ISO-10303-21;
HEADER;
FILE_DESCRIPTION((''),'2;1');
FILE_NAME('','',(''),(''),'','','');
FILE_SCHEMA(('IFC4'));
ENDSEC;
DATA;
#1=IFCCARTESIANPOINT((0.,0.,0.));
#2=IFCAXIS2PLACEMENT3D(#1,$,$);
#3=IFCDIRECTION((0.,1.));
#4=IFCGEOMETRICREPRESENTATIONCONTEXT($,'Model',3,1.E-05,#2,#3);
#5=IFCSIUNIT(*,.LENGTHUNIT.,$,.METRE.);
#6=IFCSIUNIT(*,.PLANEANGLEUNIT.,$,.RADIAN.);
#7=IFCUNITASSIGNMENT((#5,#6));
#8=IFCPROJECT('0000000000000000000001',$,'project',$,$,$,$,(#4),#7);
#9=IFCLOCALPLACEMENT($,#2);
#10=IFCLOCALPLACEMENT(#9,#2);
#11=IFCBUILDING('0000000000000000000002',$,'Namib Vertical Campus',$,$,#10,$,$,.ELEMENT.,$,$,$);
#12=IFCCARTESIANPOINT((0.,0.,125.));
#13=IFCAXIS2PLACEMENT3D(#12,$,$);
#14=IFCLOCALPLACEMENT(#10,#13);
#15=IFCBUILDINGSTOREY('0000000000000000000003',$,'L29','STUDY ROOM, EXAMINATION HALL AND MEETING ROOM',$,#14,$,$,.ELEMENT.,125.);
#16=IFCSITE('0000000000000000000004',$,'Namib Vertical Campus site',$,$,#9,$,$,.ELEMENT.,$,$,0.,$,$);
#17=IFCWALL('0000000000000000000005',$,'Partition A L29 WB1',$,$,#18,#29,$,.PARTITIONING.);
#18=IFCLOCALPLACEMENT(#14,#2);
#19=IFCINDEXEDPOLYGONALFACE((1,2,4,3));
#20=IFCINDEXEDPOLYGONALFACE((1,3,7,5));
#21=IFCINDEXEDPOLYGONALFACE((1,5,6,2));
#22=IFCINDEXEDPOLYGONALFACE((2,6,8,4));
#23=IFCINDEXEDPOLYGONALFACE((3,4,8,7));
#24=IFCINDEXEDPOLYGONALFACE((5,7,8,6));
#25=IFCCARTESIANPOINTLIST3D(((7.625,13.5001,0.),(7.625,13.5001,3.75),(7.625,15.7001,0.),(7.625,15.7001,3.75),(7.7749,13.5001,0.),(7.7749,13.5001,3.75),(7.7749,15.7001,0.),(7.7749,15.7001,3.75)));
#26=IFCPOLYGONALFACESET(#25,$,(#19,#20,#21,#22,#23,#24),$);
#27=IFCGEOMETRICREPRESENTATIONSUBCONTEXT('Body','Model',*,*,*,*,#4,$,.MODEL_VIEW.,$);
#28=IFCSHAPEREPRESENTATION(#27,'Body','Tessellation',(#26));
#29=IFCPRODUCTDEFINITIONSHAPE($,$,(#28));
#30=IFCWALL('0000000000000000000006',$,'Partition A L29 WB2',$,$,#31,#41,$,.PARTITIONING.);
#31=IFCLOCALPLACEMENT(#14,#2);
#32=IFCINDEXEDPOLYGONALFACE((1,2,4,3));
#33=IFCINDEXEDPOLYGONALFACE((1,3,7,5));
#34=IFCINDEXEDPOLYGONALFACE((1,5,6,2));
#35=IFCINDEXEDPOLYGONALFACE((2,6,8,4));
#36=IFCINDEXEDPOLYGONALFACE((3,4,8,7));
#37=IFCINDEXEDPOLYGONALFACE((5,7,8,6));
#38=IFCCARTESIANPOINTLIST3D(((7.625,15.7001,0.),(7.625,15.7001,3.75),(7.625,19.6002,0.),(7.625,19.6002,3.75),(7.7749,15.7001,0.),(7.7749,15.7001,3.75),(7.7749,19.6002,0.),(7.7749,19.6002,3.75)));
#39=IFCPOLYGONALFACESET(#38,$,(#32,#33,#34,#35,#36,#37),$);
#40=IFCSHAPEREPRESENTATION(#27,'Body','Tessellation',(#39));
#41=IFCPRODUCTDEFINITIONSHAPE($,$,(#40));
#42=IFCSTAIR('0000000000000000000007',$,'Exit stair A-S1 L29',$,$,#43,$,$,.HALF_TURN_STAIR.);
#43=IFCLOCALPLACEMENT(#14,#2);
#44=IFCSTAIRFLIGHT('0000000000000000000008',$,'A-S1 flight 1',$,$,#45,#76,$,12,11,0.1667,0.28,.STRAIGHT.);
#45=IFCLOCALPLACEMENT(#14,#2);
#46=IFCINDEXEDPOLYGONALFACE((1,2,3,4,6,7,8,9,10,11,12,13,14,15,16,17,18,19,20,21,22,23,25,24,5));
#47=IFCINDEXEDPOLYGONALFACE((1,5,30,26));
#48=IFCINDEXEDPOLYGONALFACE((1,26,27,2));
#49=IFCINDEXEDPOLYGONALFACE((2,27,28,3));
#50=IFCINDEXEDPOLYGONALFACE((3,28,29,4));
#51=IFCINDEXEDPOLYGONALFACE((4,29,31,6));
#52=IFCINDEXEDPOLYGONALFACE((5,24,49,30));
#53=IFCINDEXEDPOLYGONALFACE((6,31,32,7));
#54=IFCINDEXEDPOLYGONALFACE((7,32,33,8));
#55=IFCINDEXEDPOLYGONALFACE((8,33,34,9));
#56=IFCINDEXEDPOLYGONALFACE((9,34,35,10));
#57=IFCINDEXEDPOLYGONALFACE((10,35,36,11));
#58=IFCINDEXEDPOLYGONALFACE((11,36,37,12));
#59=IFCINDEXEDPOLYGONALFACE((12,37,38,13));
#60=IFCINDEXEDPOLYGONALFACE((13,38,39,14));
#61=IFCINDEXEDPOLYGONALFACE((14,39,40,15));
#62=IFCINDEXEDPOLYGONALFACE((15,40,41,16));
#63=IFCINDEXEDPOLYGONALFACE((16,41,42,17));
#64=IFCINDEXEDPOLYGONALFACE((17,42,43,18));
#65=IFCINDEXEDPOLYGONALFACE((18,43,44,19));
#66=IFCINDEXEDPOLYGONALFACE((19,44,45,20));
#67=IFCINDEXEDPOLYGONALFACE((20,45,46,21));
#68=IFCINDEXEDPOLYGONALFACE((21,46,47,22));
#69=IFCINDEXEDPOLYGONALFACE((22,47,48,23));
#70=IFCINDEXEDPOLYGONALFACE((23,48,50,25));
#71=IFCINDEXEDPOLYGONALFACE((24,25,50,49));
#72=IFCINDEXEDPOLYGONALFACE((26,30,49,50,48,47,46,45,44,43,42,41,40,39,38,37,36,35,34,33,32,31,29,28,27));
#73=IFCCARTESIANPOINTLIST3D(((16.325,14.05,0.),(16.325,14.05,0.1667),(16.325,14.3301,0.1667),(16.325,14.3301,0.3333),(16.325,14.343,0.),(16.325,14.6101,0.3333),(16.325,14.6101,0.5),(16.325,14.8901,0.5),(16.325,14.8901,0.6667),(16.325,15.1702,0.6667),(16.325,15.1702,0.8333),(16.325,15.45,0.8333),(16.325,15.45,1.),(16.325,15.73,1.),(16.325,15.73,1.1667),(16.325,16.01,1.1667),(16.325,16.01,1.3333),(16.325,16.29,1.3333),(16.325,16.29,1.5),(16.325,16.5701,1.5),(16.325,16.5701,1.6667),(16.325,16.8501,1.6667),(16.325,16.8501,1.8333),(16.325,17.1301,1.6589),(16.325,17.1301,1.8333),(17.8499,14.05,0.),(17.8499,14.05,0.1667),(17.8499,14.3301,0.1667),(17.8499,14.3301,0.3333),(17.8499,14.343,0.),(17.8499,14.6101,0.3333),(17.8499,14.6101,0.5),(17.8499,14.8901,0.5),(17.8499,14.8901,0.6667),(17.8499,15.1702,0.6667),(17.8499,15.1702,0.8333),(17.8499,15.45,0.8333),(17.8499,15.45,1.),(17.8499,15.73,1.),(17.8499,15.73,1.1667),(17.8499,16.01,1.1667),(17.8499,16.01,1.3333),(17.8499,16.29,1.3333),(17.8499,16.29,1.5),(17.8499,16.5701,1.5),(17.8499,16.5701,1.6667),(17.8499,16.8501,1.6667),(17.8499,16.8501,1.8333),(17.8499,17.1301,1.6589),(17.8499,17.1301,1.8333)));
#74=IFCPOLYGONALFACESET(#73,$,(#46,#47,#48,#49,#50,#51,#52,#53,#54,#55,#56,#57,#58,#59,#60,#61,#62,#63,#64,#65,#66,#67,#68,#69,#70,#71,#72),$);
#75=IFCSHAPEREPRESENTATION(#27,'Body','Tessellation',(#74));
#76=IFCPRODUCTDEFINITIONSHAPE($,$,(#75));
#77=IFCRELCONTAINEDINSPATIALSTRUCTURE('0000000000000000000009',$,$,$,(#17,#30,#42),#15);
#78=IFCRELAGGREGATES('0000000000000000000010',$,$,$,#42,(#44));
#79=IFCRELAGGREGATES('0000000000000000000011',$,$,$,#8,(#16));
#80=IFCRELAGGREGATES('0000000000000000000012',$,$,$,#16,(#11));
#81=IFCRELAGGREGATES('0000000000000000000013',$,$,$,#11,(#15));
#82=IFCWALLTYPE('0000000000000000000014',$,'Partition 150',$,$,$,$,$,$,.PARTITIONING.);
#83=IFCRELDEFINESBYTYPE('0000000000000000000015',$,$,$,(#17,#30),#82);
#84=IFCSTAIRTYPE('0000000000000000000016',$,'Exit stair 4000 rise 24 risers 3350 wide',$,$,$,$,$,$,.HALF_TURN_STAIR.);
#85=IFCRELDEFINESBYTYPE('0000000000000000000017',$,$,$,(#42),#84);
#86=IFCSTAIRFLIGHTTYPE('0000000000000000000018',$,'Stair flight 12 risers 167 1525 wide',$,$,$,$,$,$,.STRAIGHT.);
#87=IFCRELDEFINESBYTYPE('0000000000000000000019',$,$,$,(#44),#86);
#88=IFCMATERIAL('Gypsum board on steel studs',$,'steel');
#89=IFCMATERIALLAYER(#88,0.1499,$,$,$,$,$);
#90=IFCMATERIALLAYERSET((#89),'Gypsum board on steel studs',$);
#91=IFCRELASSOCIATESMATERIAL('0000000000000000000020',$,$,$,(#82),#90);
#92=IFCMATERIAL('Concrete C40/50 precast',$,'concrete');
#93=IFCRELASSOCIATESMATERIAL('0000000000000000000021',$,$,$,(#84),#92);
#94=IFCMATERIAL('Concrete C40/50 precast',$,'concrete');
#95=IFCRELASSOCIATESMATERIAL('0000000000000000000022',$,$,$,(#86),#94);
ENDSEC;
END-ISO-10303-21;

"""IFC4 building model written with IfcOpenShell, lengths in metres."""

from ifc_helpers import new_model, si_unit, direction, frame, frame_2d, origin, place, context, subcontext, project, spatial, polyline, rectangle, outline, extrude, material, layer, layer_set, type_object, element, aggregate, save


model = new_model("IFC4")

# Units and contexts
model_context = context("Model", 3, precision=1e-05, world=origin(), true_north=direction((0.0, 1.0)))
body_context = subcontext(model_context, "Body", "Model", "MODEL_VIEW")
ifc_project = project(units=[si_unit("LENGTHUNIT", "METRE"), si_unit("PLANEANGLEUNIT", "RADIAN")], contexts=[model_context])

# Site, building, storey
site_placement = place(None, origin())
site = spatial("IfcSite", under=ifc_project, at=site_placement, Name="Namib Vertical Campus site", CompositionType="ELEMENT", RefElevation=0.0)
building_placement = place(site_placement, origin())
building = spatial("IfcBuilding", under=site, at=building_placement, Name="Namib Vertical Campus", CompositionType="ELEMENT")
storey_placement = place(building_placement, frame((0.0, 0.0, 125.0)))
storey = spatial("IfcBuildingStorey", under=building, at=storey_placement, Name="L29", Description="STUDY ROOM, EXAMINATION HALL AND MEETING ROOM", CompositionType="ELEMENT", Elevation=125.0)

# Walls
ifc_material_1 = material(Name="Gypsum board on steel studs", Category="steel")
ifc_layer_1 = layer(ifc_material_1, 0.1499)
ifc_layer_set_1 = layer_set([ifc_layer_1], Name="Gypsum board on steel studs")
wall_type_1 = type_object("IfcWallType", Name="Partition 150", PredefinedType="PARTITIONING", material=ifc_layer_set_1)
wall_1_placement = place(storey_placement, frame((7.7, 13.5, 0.0), z_axis=(0.0, 0.0, 1.0), x_axis=(0.0, 1.0, 0.0)))
element("IfcWall", 1, at=wall_1_placement, inside=storey, type_object=wall_type_1, Name="Partition A L29 WB1", PredefinedType="PARTITIONING", context=body_context, shape_type="SweptSolid", body=[
    extrude(rectangle(XDim=2.2, YDim=0.1499, at=frame_2d((1.1001, 0.0))), origin(), (0.0, 0.0, 1.0), 3.75),
])
wall_2_placement = place(storey_placement, frame((7.7, 15.7, 0.0), z_axis=(0.0, 0.0, 1.0), x_axis=(0.0, 1.0, 0.0)))
element("IfcWall", 2, at=wall_2_placement, inside=storey, type_object=wall_type_1, Name="Partition A L29 WB2", PredefinedType="PARTITIONING", context=body_context, shape_type="SweptSolid", body=[
    extrude(rectangle(XDim=3.9001, YDim=0.1499, at=frame_2d((1.9502, 0.0))), origin(), (0.0, 0.0, 1.0), 3.75),
])

# Stair, stair flight
ifc_material_2 = material(Name="Concrete C40/50 precast", Category="concrete")
stair_type = type_object("IfcStairType", Name="Exit stair 4000 rise 24 risers 3350 wide", PredefinedType="HALF_TURN_STAIR", material=ifc_material_2)
stair_placement = place(storey_placement, origin())
stair = element("IfcStair", 3, at=stair_placement, inside=storey, type_object=stair_type, Name="Exit stair A-S1 L29", PredefinedType="HALF_TURN_STAIR")
ifc_material_3 = material(Name="Concrete C40/50 precast", Category="concrete")
stair_flight_type = type_object("IfcStairFlightType", Name="Stair flight 12 risers 167 1525 wide", PredefinedType="STRAIGHT", material=ifc_material_3)
stair_flight_placement = place(storey_placement, frame((17.0874, 14.05, 0.0), z_axis=(0.0, 0.0, 1.0), x_axis=(0.0, 1.0, 0.0)))
stair_flight = element("IfcStairFlight", 4, at=stair_flight_placement, type_object=stair_flight_type, Name="A-S1 flight 1", NumberOfRisers=12, NumberOfTreads=11, PredefinedType="STRAIGHT", RiserHeight=0.1667, TreadLength=0.28, context=body_context, shape_type="SweptSolid", body=[
    extrude(outline(polyline([(0.0, 0.0), (0.0, 0.1667), (0.28, 0.1667), (0.28, 0.3333), (0.5601, 0.3333), (0.5601, 0.5), (0.8401, 0.5), (0.8401, 0.6667), (1.1201, 0.6667), (1.1201, 0.8333), (1.3999, 0.8333), (1.3999, 1.0), (1.6799, 1.0), (1.6799, 1.1667), (1.96, 1.1667), (1.96, 1.3333), (2.24, 1.3333), (2.24, 1.5), (2.52, 1.5), (2.52, 1.6667), (2.8, 1.6667), (2.8, 1.8333), (3.0801, 1.8333), (3.0801, 2.0), (3.0801, 1.6589), (0.293, 0.0), (0.0, 0.0)])), frame((0.0, 0.7625, 0.0), z_axis=(0.0, -1.0, 0.0), x_axis=(1.0, 0.0, 0.0)), (0.0, 0.0, 1.0), 1.5249),
])
aggregate(stair, [stair_flight])

save(model, "model.ifc")
